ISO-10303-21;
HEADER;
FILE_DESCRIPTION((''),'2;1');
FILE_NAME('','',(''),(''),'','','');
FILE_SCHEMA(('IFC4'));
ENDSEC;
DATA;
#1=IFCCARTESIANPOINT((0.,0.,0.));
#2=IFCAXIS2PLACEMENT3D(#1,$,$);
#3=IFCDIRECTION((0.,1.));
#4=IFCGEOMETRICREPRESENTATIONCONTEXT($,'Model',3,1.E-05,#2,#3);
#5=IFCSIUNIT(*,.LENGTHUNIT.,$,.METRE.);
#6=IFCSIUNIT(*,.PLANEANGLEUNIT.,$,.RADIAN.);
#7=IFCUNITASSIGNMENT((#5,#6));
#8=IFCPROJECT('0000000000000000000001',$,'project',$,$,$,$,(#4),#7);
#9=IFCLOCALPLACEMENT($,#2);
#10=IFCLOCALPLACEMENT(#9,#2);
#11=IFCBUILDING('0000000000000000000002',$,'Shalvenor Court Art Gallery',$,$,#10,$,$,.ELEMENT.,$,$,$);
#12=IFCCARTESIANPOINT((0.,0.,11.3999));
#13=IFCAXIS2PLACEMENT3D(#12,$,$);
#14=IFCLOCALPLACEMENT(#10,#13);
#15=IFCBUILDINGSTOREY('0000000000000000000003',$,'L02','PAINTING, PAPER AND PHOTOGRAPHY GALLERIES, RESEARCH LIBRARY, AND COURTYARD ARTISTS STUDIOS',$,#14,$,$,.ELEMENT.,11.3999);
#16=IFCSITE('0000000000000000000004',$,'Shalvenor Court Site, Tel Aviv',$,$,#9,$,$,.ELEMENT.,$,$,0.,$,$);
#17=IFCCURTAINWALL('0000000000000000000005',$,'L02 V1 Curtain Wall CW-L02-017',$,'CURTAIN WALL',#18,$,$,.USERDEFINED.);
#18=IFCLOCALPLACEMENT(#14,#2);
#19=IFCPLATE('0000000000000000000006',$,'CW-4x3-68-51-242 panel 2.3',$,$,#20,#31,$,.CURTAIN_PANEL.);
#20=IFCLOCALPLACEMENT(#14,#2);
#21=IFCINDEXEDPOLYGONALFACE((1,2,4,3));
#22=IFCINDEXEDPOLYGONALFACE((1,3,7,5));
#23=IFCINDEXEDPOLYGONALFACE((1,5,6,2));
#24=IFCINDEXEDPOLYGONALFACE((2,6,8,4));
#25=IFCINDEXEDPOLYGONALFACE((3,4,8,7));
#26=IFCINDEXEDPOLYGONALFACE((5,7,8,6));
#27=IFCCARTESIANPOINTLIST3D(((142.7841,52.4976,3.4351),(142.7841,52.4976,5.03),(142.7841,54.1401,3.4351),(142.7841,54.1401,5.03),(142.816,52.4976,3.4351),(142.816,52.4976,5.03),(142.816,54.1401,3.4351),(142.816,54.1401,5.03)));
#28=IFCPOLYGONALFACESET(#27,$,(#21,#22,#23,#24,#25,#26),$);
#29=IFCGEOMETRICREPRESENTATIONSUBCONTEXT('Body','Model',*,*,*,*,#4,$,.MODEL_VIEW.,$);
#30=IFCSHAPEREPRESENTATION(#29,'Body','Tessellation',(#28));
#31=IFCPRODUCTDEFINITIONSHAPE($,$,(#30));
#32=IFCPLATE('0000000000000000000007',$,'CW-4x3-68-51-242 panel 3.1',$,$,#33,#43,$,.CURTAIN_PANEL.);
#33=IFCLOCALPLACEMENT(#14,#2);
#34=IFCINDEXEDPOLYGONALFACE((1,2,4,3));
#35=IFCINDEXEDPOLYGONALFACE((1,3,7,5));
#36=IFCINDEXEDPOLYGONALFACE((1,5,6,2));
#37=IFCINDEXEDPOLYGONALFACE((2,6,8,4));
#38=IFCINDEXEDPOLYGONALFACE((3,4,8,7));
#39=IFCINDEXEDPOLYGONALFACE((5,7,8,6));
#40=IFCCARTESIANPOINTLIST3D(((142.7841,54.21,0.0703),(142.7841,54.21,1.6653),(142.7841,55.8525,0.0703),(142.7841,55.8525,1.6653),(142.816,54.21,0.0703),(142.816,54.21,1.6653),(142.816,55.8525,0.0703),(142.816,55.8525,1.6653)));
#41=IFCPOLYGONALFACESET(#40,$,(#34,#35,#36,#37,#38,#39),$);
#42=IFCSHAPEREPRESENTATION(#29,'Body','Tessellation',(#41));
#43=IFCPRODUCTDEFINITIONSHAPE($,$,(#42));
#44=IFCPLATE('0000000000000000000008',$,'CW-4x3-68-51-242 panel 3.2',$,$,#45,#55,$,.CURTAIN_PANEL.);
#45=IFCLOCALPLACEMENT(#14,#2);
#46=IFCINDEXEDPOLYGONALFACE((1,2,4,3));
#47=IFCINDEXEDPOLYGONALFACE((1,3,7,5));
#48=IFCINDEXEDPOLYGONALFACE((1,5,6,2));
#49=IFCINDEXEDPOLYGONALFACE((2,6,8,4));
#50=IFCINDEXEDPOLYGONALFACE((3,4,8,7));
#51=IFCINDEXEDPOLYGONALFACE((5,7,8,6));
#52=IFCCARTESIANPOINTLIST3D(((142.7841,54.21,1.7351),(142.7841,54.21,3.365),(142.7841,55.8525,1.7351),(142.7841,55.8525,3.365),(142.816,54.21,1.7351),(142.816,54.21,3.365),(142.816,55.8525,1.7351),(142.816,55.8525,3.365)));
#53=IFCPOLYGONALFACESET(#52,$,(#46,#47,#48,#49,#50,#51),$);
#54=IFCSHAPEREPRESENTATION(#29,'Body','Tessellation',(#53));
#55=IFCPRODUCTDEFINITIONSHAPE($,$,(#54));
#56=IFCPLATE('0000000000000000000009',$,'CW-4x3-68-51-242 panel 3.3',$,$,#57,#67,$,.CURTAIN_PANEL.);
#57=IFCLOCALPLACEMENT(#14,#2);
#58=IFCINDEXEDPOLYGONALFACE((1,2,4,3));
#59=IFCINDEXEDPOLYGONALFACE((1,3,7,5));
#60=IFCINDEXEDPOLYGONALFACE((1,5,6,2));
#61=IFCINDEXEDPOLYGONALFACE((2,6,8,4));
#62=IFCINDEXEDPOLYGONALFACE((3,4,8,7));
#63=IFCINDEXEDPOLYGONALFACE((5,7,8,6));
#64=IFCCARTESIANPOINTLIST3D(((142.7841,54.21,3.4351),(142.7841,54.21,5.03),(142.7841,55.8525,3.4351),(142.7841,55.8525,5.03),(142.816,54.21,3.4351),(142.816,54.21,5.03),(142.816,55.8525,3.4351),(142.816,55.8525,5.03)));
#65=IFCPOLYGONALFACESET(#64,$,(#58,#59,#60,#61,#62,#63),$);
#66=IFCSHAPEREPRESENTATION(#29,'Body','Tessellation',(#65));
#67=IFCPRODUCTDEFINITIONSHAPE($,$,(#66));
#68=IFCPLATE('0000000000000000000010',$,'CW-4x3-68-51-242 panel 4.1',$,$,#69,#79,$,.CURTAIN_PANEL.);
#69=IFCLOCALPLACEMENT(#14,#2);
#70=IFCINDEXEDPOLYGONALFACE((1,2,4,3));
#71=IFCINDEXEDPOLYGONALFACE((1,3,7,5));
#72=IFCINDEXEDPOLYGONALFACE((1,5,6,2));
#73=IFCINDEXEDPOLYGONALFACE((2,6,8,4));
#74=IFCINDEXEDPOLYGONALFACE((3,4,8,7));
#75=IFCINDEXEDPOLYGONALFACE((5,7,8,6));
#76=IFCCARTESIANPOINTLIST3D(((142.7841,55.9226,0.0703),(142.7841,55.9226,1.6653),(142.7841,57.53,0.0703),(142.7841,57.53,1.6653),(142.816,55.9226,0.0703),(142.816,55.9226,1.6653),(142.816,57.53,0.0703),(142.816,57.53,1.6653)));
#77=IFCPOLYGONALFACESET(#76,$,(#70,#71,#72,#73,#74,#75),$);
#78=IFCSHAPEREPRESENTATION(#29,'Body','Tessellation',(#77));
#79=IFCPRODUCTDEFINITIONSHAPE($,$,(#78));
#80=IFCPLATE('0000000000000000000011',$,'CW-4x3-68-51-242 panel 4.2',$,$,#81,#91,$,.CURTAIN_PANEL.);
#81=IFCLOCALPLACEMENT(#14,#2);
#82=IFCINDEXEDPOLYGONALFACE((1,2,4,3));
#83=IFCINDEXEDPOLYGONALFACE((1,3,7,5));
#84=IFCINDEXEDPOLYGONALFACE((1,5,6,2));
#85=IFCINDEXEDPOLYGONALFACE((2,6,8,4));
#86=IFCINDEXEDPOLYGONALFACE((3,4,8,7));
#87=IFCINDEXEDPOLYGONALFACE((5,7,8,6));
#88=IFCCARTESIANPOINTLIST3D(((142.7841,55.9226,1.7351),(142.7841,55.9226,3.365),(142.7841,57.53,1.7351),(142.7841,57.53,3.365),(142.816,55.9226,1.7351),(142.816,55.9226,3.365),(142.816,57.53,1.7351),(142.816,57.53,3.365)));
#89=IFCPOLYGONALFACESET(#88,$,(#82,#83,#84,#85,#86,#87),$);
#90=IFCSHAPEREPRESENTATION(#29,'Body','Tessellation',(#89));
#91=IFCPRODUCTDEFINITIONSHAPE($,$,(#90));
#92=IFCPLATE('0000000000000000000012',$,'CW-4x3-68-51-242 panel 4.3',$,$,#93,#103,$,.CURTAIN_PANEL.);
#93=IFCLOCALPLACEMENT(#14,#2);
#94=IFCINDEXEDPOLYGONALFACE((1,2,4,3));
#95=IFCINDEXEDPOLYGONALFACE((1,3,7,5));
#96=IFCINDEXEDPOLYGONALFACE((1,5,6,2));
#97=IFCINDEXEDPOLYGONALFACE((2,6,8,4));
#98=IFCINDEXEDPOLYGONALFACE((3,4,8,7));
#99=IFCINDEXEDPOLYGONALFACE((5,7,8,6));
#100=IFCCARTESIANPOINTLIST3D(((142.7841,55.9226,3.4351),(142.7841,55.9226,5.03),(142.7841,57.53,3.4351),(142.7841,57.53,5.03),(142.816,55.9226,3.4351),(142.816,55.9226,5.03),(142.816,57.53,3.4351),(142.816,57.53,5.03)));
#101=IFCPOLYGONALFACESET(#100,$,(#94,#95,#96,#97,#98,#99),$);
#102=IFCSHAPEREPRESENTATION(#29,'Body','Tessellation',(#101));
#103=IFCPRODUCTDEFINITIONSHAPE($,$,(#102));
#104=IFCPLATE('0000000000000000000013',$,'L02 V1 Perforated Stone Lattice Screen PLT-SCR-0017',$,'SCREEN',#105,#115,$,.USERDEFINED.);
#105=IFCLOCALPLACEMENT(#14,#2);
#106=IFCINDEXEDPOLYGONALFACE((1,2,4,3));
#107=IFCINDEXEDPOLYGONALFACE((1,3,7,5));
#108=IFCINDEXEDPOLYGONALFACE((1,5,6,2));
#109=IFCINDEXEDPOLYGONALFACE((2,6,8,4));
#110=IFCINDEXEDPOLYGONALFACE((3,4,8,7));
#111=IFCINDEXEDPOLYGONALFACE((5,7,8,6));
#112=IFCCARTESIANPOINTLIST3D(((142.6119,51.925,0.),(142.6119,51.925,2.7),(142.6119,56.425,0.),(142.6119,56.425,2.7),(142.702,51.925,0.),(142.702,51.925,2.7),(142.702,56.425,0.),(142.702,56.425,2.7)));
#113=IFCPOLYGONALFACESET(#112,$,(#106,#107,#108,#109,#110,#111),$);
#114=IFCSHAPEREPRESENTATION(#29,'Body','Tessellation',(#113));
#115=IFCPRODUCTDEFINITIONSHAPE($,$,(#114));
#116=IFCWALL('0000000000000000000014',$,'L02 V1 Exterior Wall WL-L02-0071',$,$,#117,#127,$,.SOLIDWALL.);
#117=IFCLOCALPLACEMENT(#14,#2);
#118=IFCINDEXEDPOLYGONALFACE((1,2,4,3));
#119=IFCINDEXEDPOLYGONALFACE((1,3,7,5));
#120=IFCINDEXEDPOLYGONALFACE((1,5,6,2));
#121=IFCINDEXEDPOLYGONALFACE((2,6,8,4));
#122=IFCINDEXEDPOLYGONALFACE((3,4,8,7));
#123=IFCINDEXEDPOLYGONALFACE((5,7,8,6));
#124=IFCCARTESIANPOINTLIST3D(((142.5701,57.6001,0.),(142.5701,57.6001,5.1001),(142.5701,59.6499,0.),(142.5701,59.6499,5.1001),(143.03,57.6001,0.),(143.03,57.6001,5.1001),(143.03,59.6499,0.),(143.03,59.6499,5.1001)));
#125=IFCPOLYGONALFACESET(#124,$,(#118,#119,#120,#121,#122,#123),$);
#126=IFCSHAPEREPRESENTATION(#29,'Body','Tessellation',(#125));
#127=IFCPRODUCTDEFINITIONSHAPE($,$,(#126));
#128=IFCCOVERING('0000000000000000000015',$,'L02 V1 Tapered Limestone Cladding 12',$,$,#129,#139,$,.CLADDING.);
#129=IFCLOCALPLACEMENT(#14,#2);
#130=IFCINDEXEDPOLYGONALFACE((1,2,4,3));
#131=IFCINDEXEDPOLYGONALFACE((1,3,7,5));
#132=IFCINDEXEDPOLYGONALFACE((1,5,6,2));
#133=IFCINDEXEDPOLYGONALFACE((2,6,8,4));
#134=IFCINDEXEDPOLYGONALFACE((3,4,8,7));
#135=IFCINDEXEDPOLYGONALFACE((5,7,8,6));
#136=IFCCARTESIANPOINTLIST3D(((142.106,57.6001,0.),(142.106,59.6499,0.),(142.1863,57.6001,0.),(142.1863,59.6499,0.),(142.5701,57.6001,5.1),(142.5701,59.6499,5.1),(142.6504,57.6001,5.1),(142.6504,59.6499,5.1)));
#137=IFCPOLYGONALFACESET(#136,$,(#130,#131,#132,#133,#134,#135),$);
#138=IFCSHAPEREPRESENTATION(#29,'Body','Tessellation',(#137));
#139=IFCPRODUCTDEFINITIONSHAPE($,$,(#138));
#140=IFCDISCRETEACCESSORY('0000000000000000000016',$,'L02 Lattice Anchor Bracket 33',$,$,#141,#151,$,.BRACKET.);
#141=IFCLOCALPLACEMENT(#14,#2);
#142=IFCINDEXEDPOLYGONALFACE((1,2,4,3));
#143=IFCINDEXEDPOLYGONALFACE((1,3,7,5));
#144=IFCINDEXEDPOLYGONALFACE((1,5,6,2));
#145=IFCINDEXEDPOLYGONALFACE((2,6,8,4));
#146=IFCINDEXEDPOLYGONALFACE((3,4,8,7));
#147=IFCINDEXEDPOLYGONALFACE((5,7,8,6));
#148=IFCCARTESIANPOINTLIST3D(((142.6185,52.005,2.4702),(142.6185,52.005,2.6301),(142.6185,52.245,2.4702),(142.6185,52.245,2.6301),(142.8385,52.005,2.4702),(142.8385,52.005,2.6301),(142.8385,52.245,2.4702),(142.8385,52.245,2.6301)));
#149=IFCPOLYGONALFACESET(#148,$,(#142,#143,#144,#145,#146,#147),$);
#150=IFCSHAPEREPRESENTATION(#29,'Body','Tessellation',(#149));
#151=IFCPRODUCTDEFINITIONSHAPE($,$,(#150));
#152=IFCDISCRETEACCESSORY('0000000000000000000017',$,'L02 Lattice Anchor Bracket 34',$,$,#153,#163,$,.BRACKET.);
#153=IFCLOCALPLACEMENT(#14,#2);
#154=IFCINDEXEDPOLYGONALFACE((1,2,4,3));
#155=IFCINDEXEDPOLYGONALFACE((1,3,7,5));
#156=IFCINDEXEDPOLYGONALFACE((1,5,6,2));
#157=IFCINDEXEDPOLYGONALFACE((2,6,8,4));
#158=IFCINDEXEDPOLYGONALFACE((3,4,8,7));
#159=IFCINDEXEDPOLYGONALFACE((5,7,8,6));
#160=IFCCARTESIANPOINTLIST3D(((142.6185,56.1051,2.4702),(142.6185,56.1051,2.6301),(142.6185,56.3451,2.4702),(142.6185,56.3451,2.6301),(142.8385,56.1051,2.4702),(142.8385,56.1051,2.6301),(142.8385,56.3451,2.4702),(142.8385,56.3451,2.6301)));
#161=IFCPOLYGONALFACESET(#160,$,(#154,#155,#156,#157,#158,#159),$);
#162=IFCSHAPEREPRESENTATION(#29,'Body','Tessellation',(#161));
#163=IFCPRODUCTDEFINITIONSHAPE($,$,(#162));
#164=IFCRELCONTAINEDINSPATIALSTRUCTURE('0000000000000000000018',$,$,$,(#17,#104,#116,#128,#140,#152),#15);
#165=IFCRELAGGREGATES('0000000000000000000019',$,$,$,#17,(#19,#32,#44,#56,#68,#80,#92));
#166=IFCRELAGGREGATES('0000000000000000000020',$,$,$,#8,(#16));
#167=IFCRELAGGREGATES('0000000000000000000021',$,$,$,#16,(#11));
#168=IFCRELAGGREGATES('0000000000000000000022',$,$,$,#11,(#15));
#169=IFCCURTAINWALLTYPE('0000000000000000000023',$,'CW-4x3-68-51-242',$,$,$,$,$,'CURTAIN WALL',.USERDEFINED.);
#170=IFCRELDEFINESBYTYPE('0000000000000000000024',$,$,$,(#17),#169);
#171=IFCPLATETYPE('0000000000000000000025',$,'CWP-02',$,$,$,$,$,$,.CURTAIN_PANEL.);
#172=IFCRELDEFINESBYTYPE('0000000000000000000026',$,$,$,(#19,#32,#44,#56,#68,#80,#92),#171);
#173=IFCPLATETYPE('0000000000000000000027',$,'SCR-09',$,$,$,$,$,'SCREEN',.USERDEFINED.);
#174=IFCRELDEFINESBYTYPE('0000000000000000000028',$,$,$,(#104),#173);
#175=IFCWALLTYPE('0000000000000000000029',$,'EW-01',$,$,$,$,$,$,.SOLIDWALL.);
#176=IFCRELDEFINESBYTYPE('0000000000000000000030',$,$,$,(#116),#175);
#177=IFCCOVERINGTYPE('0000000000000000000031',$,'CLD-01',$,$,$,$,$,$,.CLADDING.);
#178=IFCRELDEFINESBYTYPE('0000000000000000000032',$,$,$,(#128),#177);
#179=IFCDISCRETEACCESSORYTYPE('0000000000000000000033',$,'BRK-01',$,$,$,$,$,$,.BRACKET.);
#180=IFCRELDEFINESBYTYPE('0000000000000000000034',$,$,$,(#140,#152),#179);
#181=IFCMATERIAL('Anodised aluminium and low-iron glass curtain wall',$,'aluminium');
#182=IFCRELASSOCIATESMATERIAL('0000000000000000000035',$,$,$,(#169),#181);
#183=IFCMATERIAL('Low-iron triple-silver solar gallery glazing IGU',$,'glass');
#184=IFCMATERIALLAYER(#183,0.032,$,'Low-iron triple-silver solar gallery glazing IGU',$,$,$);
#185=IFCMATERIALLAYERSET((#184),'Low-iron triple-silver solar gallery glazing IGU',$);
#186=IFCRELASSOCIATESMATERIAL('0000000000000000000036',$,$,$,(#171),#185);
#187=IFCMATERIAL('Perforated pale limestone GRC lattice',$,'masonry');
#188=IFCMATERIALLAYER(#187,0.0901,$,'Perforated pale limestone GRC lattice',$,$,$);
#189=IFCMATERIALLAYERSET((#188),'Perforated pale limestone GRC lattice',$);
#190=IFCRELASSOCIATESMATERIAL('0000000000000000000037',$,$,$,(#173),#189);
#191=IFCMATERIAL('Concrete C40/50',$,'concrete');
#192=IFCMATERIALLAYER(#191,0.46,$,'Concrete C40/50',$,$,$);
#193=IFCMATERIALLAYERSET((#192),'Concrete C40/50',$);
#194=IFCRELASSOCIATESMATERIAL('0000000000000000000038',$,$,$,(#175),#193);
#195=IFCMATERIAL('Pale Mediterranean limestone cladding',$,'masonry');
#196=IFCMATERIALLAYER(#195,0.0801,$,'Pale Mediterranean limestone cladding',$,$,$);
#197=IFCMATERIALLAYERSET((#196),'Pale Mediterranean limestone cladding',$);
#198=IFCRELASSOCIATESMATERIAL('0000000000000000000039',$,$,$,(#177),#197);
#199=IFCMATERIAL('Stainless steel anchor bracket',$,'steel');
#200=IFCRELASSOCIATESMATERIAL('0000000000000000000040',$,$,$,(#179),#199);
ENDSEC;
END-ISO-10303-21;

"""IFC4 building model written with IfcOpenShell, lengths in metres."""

from ifc_helpers import new_model, si_unit, direction, frame, frame_2d, origin, origin_2d, place, context, subcontext, project, spatial, polyline, rectangle, outline, extrude, material, layer, layer_set, type_object, element, aggregate, save


model = new_model("IFC4")

# Units and contexts
model_context = context("Model", 3, precision=1e-05, world=origin(), true_north=direction((0.0, 1.0)))
body_context = subcontext(model_context, "Body", "Model", "MODEL_VIEW")
ifc_project = project(units=[si_unit("LENGTHUNIT", "METRE"), si_unit("PLANEANGLEUNIT", "RADIAN")], contexts=[model_context])

# Site, building, storey
site_placement = place(None, origin())
site = spatial("IfcSite", under=ifc_project, at=site_placement, Name="Shalvenor Court Site, Tel Aviv", CompositionType="ELEMENT", RefElevation=0.0)
building_placement = place(site_placement, origin())
building = spatial("IfcBuilding", under=site, at=building_placement, Name="Shalvenor Court Art Gallery", CompositionType="ELEMENT")
storey_placement = place(building_placement, frame((0.0, 0.0, 11.3999)))
storey = spatial("IfcBuildingStorey", under=building, at=storey_placement, Name="L02", Description="PAINTING, PAPER AND PHOTOGRAPHY GALLERIES, RESEARCH LIBRARY, AND COURTYARD ARTISTS STUDIOS", CompositionType="ELEMENT", Elevation=11.3999)

# Curtain wall, plates
ifc_material_1 = material(Name="Anodised aluminium and low-iron glass curtain wall", Category="aluminium")
curtain_wall_type = type_object("IfcCurtainWallType", Name="CW-4x3-68-51-242", ElementType="CURTAIN WALL", PredefinedType="USERDEFINED", material=ifc_material_1)
curtain_wall_placement = place(storey_placement, origin())
curtain_wall = element("IfcCurtainWall", 1, at=curtain_wall_placement, inside=storey, type_object=curtain_wall_type, Name="L02 V1 Curtain Wall CW-L02-017", ObjectType="CURTAIN WALL", PredefinedType="USERDEFINED")
ifc_material_2 = material(Name="Low-iron triple-silver solar gallery glazing IGU", Category="glass")
ifc_layer_1 = layer(ifc_material_2, 0.032, Name="Low-iron triple-silver solar gallery glazing IGU")
ifc_layer_set_1 = layer_set([ifc_layer_1], Name="Low-iron triple-silver solar gallery glazing IGU")
plate_type_1 = type_object("IfcPlateType", Name="CWP-02", PredefinedType="CURTAIN_PANEL", material=ifc_layer_set_1)
plate_1_placement = place(storey_placement, frame((142.8, 53.3188, 3.4351), z_axis=(0.0, 0.0, 1.0), x_axis=(0.0, 1.0, 0.0)))
plate_1 = element("IfcPlate", 2, at=plate_1_placement, type_object=plate_type_1, Name="CW-4x3-68-51-242 panel 2.3", PredefinedType="CURTAIN_PANEL", context=body_context, shape_type="SweptSolid", body=[
    extrude(rectangle(XDim=1.6426, YDim=0.032, at=origin_2d()), origin(), (0.0, 0.0, 1.0), 1.595),
])
plate_2_placement = place(storey_placement, frame((142.8, 55.0312, 0.0703), z_axis=(0.0, 0.0, 1.0), x_axis=(0.0, 1.0, 0.0)))
plate_2 = element("IfcPlate", 3, at=plate_2_placement, type_object=plate_type_1, Name="CW-4x3-68-51-242 panel 3.1", PredefinedType="CURTAIN_PANEL", context=body_context, shape_type="SweptSolid", body=[
    extrude(rectangle(XDim=1.6426, YDim=0.032, at=origin_2d()), origin(), (0.0, 0.0, 1.0), 1.595),
])
plate_3_placement = place(storey_placement, frame((142.8, 55.0312, 1.7351), z_axis=(0.0, 0.0, 1.0), x_axis=(0.0, 1.0, 0.0)))
plate_3 = element("IfcPlate", 4, at=plate_3_placement, type_object=plate_type_1, Name="CW-4x3-68-51-242 panel 3.2", PredefinedType="CURTAIN_PANEL", context=body_context, shape_type="SweptSolid", body=[
    extrude(rectangle(XDim=1.6426, YDim=0.032, at=origin_2d()), origin(), (0.0, 0.0, 1.0), 1.6299),
])
plate_4_placement = place(storey_placement, frame((142.8, 55.0312, 3.4351), z_axis=(0.0, 0.0, 1.0), x_axis=(0.0, 1.0, 0.0)))
plate_4 = element("IfcPlate", 5, at=plate_4_placement, type_object=plate_type_1, Name="CW-4x3-68-51-242 panel 3.3", PredefinedType="CURTAIN_PANEL", context=body_context, shape_type="SweptSolid", body=[
    extrude(rectangle(XDim=1.6426, YDim=0.032, at=origin_2d()), origin(), (0.0, 0.0, 1.0), 1.595),
])
plate_5_placement = place(storey_placement, frame((142.8, 56.7263, 0.0703), z_axis=(0.0, 0.0, 1.0), x_axis=(0.0, 1.0, 0.0)))
plate_5 = element("IfcPlate", 6, at=plate_5_placement, type_object=plate_type_1, Name="CW-4x3-68-51-242 panel 4.1", PredefinedType="CURTAIN_PANEL", context=body_context, shape_type="SweptSolid", body=[
    extrude(rectangle(XDim=1.6074, YDim=0.032, at=origin_2d()), origin(), (0.0, 0.0, 1.0), 1.595),
])
plate_6_placement = place(storey_placement, frame((142.8, 56.7263, 1.7351), z_axis=(0.0, 0.0, 1.0), x_axis=(0.0, 1.0, 0.0)))
plate_6 = element("IfcPlate", 7, at=plate_6_placement, type_object=plate_type_1, Name="CW-4x3-68-51-242 panel 4.2", PredefinedType="CURTAIN_PANEL", context=body_context, shape_type="SweptSolid", body=[
    extrude(rectangle(XDim=1.6074, YDim=0.032, at=origin_2d()), origin(), (0.0, 0.0, 1.0), 1.6299),
])
plate_7_placement = place(storey_placement, frame((142.8, 56.7263, 3.4351), z_axis=(0.0, 0.0, 1.0), x_axis=(0.0, 1.0, 0.0)))
plate_7 = element("IfcPlate", 8, at=plate_7_placement, type_object=plate_type_1, Name="CW-4x3-68-51-242 panel 4.3", PredefinedType="CURTAIN_PANEL", context=body_context, shape_type="SweptSolid", body=[
    extrude(rectangle(XDim=1.6074, YDim=0.032, at=origin_2d()), origin(), (0.0, 0.0, 1.0), 1.595),
])
aggregate(curtain_wall, [plate_1, plate_2, plate_3, plate_4, plate_5, plate_6, plate_7])

# Plate
ifc_material_3 = material(Name="Perforated pale limestone GRC lattice", Category="masonry")
ifc_layer_2 = layer(ifc_material_3, 0.0901, Name="Perforated pale limestone GRC lattice")
ifc_layer_set_2 = layer_set([ifc_layer_2], Name="Perforated pale limestone GRC lattice")
plate_type_2 = type_object("IfcPlateType", Name="SCR-09", ElementType="SCREEN", PredefinedType="USERDEFINED", material=ifc_layer_set_2)
plate_8_placement = place(storey_placement, frame((142.657, 54.175, 0.0), z_axis=(0.0, 0.0, 1.0), x_axis=(0.0, 1.0, 0.0)))
element("IfcPlate", 9, at=plate_8_placement, inside=storey, type_object=plate_type_2, Name="L02 V1 Perforated Stone Lattice Screen PLT-SCR-0017", ObjectType="SCREEN", PredefinedType="USERDEFINED", context=body_context, shape_type="SweptSolid", body=[
    extrude(rectangle(XDim=4.5, YDim=0.0901, at=origin_2d()), origin(), (0.0, 0.0, 1.0), 2.7),
])

# Wall
ifc_material_4 = material(Name="Concrete C40/50", Category="concrete")
ifc_layer_3 = layer(ifc_material_4, 0.46, Name="Concrete C40/50")
ifc_layer_set_3 = layer_set([ifc_layer_3], Name="Concrete C40/50")
wall_type = type_object("IfcWallType", Name="EW-01", PredefinedType="SOLIDWALL", material=ifc_layer_set_3)
wall_placement = place(storey_placement, frame((142.8, 57.6001, 0.0), z_axis=(0.0, 0.0, 1.0), x_axis=(0.0, 1.0, 0.0)))
element("IfcWall", 10, at=wall_placement, inside=storey, type_object=wall_type, Name="L02 V1 Exterior Wall WL-L02-0071", PredefinedType="SOLIDWALL", context=body_context, shape_type="SweptSolid", body=[
    extrude(rectangle(XDim=2.0498, YDim=0.46, at=frame_2d((1.0249, 0.0))), origin(), (0.0, 0.0, 1.0), 5.1001),
])

# Covering
ifc_material_5 = material(Name="Pale Mediterranean limestone cladding", Category="masonry")
ifc_layer_4 = layer(ifc_material_5, 0.0801, Name="Pale Mediterranean limestone cladding")
ifc_layer_set_4 = layer_set([ifc_layer_4], Name="Pale Mediterranean limestone cladding")
covering_type = type_object("IfcCoveringType", Name="CLD-01", PredefinedType="CLADDING", material=ifc_layer_set_4)
covering_placement = place(storey_placement, frame((142.106, 59.6499, 0.0), z_axis=(0.0, 0.0, 1.0), x_axis=(0.0, -1.0, 0.0)))
element("IfcCovering", 11, at=covering_placement, inside=storey, type_object=covering_type, Name="L02 V1 Tapered Limestone Cladding 12", PredefinedType="CLADDING", context=body_context, shape_type="SweptSolid", body=[
    extrude(outline(polyline([(0.0, 0.0), (2.0498, 0.0), (2.0498, 5.1211), (0.0, 5.1211), (0.0, 0.0)])), frame((0.0, 0.0, 0.0), z_axis=(0.0, -0.995884, 0.090633), x_axis=(1.0, 0.0, 0.0)), (0.0, 0.090633, -0.995884), 0.0803),
])

# Discrete accessories
ifc_material_6 = material(Name="Stainless steel anchor bracket", Category="steel")
discrete_accessory_type = type_object("IfcDiscreteAccessoryType", Name="BRK-01", PredefinedType="BRACKET", material=ifc_material_6)
for number, where, z_axis, x_axis, name in (
    (12, (142.7285, 52.125, 2.4702), (0.0, 0.0, 1.0), (0.0, 1.0, 0.0), "L02 Lattice Anchor Bracket 33"),
    (13, (142.7285, 56.2251, 2.4702), (0.0, 0.0, 1.0), (0.0, 1.0, 0.0), "L02 Lattice Anchor Bracket 34"),
):
    element("IfcDiscreteAccessory", number, at=place(storey_placement, frame(where, z_axis=z_axis, x_axis=x_axis)), inside=storey, type_object=discrete_accessory_type, Name=name, PredefinedType="BRACKET", context=body_context, shape_type="SweptSolid", body=[
        extrude(rectangle(XDim=0.24, YDim=0.22, at=origin_2d()), origin(), (0.0, 0.0, 1.0), 0.1599),
    ])

save(model, "model.ifc")
